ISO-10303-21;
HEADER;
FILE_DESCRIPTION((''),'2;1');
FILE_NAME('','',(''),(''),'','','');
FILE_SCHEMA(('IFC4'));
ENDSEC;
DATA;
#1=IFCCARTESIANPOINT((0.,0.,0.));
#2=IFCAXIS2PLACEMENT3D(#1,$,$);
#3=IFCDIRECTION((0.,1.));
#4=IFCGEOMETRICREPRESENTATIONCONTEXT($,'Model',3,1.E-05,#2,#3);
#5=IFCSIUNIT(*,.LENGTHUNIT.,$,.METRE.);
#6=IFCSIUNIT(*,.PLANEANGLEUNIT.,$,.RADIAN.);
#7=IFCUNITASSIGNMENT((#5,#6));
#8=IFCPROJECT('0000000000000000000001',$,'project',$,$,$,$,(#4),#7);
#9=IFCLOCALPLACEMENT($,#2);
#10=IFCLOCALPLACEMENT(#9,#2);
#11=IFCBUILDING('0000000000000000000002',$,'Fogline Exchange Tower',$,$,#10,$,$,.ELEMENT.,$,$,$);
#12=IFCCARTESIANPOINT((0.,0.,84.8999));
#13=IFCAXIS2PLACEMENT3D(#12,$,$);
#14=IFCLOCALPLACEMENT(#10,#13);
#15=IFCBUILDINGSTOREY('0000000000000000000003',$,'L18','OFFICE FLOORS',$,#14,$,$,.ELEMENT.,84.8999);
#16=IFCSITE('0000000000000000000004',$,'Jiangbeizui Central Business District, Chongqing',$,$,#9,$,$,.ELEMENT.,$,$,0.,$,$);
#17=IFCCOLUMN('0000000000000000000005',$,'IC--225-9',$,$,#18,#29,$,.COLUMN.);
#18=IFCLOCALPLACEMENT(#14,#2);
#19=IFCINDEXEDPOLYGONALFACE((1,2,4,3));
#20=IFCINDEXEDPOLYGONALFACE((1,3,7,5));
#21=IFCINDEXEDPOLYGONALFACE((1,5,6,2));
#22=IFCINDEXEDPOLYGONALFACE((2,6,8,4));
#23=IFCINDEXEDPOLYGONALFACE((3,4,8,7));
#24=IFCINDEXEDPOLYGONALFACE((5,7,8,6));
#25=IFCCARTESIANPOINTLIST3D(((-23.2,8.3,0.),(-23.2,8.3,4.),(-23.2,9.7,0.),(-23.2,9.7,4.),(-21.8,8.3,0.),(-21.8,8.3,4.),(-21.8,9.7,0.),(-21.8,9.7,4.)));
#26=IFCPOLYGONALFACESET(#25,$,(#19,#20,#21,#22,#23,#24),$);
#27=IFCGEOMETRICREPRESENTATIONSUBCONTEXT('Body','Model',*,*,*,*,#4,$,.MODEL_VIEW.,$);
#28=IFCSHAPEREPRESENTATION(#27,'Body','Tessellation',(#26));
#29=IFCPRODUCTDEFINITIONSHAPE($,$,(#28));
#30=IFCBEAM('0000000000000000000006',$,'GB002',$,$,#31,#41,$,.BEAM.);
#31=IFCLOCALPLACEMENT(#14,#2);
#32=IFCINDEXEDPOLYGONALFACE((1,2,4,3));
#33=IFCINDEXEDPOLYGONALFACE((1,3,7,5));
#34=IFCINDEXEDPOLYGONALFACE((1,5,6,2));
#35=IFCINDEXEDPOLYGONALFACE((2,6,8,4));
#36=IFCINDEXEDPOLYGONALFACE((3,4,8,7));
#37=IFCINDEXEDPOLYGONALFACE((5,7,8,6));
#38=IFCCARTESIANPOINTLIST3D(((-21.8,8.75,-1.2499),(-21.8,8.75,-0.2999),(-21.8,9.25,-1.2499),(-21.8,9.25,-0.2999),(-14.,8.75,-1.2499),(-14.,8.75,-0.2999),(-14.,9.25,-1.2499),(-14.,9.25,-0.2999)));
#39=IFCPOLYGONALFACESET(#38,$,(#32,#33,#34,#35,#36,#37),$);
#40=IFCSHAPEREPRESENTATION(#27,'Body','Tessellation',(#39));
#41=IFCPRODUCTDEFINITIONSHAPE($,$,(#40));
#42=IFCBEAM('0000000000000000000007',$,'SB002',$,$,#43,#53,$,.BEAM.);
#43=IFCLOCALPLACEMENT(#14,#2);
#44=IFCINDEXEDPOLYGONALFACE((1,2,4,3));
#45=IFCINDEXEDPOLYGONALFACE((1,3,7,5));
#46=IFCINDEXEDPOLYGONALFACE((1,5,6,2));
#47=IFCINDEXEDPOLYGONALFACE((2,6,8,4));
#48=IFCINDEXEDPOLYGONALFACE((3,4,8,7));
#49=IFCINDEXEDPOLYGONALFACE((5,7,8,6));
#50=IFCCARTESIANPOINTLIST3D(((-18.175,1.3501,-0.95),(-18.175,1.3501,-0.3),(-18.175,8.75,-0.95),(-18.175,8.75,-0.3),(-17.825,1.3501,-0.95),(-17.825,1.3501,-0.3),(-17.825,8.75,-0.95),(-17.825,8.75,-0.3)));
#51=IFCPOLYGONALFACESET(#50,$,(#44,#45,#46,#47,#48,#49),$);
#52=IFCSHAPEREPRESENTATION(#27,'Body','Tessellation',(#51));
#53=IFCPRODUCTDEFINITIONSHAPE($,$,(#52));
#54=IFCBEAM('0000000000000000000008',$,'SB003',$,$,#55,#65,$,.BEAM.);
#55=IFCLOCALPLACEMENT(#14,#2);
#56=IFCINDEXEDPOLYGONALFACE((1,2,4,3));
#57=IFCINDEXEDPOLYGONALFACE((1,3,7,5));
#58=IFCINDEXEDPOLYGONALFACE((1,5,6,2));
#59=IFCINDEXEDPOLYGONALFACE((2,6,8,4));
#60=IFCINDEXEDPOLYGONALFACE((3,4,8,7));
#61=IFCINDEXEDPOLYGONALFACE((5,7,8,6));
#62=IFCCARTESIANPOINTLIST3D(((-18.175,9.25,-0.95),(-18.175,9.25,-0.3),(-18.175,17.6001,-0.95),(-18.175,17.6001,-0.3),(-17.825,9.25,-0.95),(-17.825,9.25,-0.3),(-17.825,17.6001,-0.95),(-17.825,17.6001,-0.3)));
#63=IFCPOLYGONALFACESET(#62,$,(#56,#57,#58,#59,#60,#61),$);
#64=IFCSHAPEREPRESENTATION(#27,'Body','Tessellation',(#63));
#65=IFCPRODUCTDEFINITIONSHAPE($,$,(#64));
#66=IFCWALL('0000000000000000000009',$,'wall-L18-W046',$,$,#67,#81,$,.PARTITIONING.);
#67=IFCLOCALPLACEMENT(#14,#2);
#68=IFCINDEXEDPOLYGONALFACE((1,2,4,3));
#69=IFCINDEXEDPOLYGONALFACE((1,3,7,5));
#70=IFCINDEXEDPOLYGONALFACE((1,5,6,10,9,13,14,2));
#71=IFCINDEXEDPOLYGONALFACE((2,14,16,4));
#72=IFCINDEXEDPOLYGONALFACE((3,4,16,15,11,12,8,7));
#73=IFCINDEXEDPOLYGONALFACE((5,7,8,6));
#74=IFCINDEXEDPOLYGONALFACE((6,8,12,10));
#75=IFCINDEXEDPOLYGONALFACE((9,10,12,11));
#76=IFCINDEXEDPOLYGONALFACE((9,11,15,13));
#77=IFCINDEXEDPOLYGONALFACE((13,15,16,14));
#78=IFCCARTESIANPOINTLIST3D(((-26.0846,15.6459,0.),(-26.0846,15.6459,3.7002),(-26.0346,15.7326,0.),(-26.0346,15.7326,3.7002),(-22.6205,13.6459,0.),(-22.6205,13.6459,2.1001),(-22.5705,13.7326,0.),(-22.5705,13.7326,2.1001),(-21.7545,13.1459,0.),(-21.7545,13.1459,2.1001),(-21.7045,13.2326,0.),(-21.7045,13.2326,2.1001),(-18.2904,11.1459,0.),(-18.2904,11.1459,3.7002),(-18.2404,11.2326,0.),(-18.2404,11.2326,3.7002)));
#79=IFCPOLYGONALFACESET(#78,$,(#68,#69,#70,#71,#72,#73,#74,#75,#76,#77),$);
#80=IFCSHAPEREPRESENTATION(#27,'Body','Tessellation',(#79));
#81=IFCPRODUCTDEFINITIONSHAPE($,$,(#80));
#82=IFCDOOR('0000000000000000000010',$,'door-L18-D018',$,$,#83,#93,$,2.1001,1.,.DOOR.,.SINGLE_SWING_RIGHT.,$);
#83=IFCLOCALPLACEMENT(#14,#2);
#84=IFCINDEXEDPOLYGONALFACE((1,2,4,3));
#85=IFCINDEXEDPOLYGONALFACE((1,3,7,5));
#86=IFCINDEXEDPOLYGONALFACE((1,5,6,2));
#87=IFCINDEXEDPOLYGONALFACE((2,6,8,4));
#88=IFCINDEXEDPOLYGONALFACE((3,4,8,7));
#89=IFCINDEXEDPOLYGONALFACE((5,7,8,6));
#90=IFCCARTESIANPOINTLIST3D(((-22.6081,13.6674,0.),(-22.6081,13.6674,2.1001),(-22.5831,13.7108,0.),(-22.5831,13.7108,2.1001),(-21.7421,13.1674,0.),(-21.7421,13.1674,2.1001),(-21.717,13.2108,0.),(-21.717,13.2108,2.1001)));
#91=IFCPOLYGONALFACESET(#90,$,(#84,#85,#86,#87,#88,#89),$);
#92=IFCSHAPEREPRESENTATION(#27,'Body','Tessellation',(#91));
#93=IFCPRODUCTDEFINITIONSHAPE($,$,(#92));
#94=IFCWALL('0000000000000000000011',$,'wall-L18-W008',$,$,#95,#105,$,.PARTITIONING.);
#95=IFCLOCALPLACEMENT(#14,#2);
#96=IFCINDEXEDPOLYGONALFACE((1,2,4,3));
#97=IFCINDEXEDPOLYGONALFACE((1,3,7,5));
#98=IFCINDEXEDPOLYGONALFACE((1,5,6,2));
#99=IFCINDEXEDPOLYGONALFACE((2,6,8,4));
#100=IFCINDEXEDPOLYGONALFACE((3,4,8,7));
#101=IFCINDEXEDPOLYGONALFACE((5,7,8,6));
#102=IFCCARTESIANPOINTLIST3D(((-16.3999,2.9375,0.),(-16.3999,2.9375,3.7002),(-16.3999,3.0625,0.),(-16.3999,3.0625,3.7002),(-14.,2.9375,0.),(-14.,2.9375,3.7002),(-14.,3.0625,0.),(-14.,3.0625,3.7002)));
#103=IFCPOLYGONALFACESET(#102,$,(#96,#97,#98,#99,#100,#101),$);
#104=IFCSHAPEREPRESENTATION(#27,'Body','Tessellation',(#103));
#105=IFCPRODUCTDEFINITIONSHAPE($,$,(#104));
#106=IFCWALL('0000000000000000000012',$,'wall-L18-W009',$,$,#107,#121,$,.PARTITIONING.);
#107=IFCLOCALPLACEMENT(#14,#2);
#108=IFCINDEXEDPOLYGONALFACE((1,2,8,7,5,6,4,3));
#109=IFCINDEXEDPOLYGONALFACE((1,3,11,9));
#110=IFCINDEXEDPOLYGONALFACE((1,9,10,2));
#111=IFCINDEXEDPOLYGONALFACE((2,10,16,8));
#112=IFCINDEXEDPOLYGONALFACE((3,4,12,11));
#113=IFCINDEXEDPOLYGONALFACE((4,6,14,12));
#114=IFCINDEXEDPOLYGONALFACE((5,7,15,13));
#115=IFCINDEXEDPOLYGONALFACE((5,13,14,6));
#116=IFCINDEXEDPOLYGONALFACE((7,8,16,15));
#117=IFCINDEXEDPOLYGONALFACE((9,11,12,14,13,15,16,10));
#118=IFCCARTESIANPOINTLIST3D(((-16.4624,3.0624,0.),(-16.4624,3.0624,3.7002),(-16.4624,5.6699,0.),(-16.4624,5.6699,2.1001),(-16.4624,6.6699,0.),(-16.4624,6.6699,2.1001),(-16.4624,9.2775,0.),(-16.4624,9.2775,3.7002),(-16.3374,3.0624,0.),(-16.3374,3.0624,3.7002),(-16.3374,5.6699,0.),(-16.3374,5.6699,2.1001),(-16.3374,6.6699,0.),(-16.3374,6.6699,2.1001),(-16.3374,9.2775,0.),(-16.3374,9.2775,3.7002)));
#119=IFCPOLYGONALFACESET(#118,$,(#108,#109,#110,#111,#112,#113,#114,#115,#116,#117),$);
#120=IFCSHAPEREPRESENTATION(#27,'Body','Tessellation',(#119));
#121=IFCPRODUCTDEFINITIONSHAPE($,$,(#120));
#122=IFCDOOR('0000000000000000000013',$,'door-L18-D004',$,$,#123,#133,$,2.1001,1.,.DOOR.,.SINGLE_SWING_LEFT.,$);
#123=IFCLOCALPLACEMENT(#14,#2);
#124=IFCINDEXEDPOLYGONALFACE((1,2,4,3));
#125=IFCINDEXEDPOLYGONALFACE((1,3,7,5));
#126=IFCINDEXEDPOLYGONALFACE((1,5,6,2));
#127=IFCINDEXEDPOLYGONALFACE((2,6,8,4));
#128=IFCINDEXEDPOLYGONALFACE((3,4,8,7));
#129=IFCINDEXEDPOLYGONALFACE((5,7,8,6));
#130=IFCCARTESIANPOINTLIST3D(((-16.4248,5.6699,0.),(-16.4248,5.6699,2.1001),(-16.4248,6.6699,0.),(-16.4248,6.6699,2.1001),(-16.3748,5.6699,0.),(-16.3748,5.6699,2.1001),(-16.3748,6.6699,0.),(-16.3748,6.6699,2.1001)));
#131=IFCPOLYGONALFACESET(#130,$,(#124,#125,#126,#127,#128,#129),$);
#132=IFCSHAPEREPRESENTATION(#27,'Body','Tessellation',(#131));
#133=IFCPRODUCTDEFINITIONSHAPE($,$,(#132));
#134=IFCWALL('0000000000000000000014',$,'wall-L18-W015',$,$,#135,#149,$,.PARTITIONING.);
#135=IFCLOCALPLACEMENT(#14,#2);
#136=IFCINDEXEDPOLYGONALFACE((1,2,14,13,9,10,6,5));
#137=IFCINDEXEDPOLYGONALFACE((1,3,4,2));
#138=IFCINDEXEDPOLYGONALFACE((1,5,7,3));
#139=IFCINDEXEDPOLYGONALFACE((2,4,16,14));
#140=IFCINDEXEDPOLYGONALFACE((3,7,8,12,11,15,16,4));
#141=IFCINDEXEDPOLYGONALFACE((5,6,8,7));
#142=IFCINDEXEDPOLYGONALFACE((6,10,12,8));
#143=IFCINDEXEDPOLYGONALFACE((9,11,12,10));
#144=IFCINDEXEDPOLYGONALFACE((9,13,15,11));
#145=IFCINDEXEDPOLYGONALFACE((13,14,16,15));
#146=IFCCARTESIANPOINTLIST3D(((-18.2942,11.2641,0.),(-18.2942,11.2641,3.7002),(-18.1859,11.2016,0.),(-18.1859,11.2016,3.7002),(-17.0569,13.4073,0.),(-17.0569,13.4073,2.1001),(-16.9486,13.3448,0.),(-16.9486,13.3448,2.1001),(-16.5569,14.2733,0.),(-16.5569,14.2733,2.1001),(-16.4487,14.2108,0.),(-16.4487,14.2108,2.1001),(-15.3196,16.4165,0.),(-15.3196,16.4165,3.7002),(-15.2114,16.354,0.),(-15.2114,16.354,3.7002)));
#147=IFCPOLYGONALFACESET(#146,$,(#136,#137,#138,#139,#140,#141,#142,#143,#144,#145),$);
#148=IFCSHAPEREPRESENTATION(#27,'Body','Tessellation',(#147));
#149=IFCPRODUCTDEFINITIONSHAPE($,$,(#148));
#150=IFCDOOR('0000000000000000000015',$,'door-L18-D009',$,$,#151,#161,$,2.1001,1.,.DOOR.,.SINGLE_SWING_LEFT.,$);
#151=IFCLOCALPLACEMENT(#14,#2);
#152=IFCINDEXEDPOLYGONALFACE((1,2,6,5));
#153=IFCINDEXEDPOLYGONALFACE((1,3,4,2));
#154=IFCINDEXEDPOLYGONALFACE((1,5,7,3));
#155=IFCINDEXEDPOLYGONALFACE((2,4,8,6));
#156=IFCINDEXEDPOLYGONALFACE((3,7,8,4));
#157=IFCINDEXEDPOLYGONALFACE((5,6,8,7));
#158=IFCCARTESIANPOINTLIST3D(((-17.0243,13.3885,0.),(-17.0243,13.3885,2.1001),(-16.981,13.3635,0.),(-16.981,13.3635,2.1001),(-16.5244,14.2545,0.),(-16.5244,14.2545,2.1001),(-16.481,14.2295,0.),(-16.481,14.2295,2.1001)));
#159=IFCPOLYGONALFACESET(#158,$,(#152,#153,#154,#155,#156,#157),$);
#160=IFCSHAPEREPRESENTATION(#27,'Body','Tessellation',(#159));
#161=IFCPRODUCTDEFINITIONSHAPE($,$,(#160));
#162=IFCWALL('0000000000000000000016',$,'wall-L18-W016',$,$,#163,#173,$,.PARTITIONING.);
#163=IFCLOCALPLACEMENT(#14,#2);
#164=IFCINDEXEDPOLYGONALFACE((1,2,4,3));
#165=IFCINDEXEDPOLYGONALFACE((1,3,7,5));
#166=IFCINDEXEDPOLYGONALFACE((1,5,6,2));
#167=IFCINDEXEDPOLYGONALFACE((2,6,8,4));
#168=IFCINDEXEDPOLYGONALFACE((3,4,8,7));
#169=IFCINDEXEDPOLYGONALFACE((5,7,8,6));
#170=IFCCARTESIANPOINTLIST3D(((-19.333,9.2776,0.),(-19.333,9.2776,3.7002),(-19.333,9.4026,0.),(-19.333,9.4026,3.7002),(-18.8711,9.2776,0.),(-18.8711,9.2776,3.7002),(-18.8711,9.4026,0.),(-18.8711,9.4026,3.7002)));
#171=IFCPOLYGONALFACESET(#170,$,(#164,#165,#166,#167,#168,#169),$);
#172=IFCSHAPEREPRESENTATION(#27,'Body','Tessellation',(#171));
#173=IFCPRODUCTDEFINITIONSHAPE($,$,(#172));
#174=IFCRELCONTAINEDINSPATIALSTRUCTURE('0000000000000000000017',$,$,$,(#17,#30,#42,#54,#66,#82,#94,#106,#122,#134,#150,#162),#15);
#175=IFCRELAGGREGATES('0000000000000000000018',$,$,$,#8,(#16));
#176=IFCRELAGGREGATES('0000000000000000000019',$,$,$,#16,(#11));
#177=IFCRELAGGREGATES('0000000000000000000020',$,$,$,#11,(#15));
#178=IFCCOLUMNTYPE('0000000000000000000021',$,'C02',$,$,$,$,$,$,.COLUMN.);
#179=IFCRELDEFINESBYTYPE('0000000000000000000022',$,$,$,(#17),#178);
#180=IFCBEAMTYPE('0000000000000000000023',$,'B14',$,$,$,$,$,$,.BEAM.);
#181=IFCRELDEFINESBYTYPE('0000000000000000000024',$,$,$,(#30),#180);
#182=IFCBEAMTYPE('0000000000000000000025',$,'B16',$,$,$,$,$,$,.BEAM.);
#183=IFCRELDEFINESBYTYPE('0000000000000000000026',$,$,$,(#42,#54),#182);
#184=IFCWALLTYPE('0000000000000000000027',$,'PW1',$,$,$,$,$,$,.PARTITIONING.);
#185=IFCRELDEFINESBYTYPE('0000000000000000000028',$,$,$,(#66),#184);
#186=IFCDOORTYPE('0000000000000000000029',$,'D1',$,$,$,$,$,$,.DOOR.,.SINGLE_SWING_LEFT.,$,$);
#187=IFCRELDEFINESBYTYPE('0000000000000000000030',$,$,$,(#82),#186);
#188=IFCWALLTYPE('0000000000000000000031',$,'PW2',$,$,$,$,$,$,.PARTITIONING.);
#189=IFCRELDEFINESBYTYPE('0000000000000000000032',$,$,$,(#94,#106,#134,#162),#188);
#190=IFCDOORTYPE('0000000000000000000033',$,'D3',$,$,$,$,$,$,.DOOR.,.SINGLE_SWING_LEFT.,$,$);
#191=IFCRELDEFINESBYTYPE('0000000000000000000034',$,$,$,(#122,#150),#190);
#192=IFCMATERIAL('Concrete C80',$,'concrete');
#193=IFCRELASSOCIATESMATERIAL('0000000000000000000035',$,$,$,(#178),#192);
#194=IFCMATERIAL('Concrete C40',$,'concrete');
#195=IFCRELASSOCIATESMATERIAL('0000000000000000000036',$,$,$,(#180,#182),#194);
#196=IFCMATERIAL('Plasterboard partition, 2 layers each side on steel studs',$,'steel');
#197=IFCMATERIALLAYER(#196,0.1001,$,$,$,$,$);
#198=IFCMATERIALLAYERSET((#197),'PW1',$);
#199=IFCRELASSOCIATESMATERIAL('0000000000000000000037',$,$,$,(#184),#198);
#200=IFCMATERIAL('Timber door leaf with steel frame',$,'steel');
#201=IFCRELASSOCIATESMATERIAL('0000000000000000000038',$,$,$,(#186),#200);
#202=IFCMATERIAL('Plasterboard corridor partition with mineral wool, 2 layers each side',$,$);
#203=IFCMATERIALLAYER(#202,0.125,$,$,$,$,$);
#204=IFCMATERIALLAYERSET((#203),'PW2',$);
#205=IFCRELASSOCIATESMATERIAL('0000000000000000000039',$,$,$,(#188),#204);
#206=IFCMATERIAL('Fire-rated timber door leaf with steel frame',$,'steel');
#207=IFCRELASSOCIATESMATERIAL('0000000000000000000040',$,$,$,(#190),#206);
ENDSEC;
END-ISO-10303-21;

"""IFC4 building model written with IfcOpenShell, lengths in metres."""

from ifc_helpers import new_model, si_unit, direction, frame, frame_2d, origin, origin_2d, place, context, subcontext, project, spatial, rectangle, extrude, material, layer, layer_set, material_profile, profile_set, type_object, element, fill, save


model = new_model("IFC4")

# Units and contexts
model_context = context("Model", 3, precision=1e-05, world=origin(), true_north=direction((0.0, 1.0)))
body_context = subcontext(model_context, "Body", "Model", "MODEL_VIEW")
ifc_project = project(units=[si_unit("LENGTHUNIT", "METRE"), si_unit("PLANEANGLEUNIT", "RADIAN")], contexts=[model_context])

# Site, building, storey
site_placement = place(None, origin())
site = spatial("IfcSite", under=ifc_project, at=site_placement, Name="Jiangbeizui Central Business District, Chongqing", CompositionType="ELEMENT", RefElevation=0.0)
building_placement = place(site_placement, origin())
building = spatial("IfcBuilding", under=site, at=building_placement, Name="Fogline Exchange Tower", CompositionType="ELEMENT")
storey_placement = place(building_placement, frame((0.0, 0.0, 84.8999)))
storey = spatial("IfcBuildingStorey", under=building, at=storey_placement, Name="L18", Description="OFFICE FLOORS", CompositionType="ELEMENT", Elevation=84.8999)

# Column
ifc_material_1 = material(Name="Concrete C80", Category="concrete")
ifc_material_profile_1 = material_profile(ifc_material_1, rectangle(XDim=1.3999, YDim=1.3999, at=origin_2d()), Name="RC 1400x1400")
ifc_profile_set_1 = profile_set([ifc_material_profile_1], Name="Concrete C80")
column_type = type_object("IfcColumnType", Name="C02", PredefinedType="COLUMN", material=ifc_profile_set_1)
column_placement = place(storey_placement, frame((-22.5, 9.0, 0.0), z_axis=(0.0, 0.0, 1.0), x_axis=(1.0, 0.0, 0.0)))
element("IfcColumn", 1, at=column_placement, inside=storey, type_object=column_type, Name="IC--225-9", PredefinedType="COLUMN", context=body_context, shape_type="SweptSolid", body=[
    extrude(rectangle(XDim=1.3999, YDim=1.3999, at=origin_2d()), origin(), (0.0, 0.0, 1.0), 4.0),
])

# Beams
ifc_material_2 = material(Name="Concrete C40", Category="concrete")
ifc_material_profile_2 = material_profile(ifc_material_2, rectangle(XDim=0.5, YDim=0.95, at=origin_2d()), Name="RC 500x950")
ifc_profile_set_2 = profile_set([ifc_material_profile_2], Name="Concrete C40")
beam_type_1 = type_object("IfcBeamType", Name="B14", PredefinedType="BEAM", material=ifc_profile_set_2)
beam_1_placement = place(storey_placement, frame((-21.8, 9.0, -0.7749), z_axis=(1.0, 0.0, 0.0), x_axis=(0.0, 1.0, 0.0)))
element("IfcBeam", 2, at=beam_1_placement, inside=storey, type_object=beam_type_1, Name="GB002", PredefinedType="BEAM", context=body_context, shape_type="SweptSolid", body=[
    extrude(rectangle(XDim=0.5, YDim=0.95, at=origin_2d()), origin(), (0.0, 0.0, 1.0), 7.8),
])
ifc_material_profile_3 = material_profile(ifc_material_2, rectangle(XDim=0.3501, YDim=0.6499, at=origin_2d()), Name="RC 350x650")
ifc_profile_set_3 = profile_set([ifc_material_profile_3], Name="Concrete C40")
beam_type_2 = type_object("IfcBeamType", Name="B16", PredefinedType="BEAM", material=ifc_profile_set_3)
beam_2_placement = place(storey_placement, frame((-18.0, 1.3501, -0.625), z_axis=(0.0, 1.0, 0.0), x_axis=(-1.0, 0.0, 0.0)))
element("IfcBeam", 3, at=beam_2_placement, inside=storey, type_object=beam_type_2, Name="SB002", PredefinedType="BEAM", context=body_context, shape_type="SweptSolid", body=[
    extrude(rectangle(XDim=0.3501, YDim=0.6499, at=origin_2d()), origin(), (0.0, 0.0, 1.0), 7.3999),
])
beam_3_placement = place(storey_placement, frame((-18.0, 9.25, -0.625), z_axis=(0.0, 1.0, 0.0), x_axis=(-1.0, 0.0, 0.0)))
element("IfcBeam", 4, at=beam_3_placement, inside=storey, type_object=beam_type_2, Name="SB003", PredefinedType="BEAM", context=body_context, shape_type="SweptSolid", body=[
    extrude(rectangle(XDim=0.3501, YDim=0.6499, at=origin_2d()), origin(), (0.0, 0.0, 1.0), 8.3501),
])

# Wall, opening, door
ifc_material_3 = material(Name="Plasterboard partition, 2 layers each side on steel studs", Category="steel")
ifc_layer_1 = layer(ifc_material_3, 0.1001)
ifc_layer_set_1 = layer_set([ifc_layer_1], Name="PW1")
wall_type_1 = type_object("IfcWallType", Name="PW1", PredefinedType="PARTITIONING", material=ifc_layer_set_1)
wall_1_placement = place(storey_placement, frame((-18.2654, 11.1892, 0.0), z_axis=(0.0, 0.0, 1.0), x_axis=(-0.866024, 0.500002, 0.0)))
wall_1 = element("IfcWall", 5, at=wall_1_placement, inside=storey, type_object=wall_type_1, Name="wall-L18-W046", PredefinedType="PARTITIONING", context=body_context, shape_type="SweptSolid", body=[
    extrude(rectangle(XDim=9.0, YDim=0.1001, at=frame_2d((4.5, 0.0))), origin(), (0.0, 0.0, 1.0), 3.7002),
])
opening_1_placement = place(wall_1_placement, frame((4.0, 0.0, 0.0)))
opening_1 = element("IfcOpeningElement", 6, at=opening_1_placement, cuts=wall_1, PredefinedType="OPENING", context=body_context, shape_type="SweptSolid", body=[
    extrude(rectangle(XDim=1.0, YDim=2.1001, at=frame_2d((0.5, 1.05))), frame((0.0, 0.0601, 0.0), z_axis=(0.0, -1.0, 0.0), x_axis=(1.0, 0.0, 0.0)), (0.0, 0.0, 1.0), 0.1201),
])
ifc_material_4 = material(Name="Timber door leaf with steel frame", Category="steel")
door_type_1 = type_object("IfcDoorType", Name="D1", OperationType="SINGLE_SWING_LEFT", PredefinedType="DOOR", material=ifc_material_4)
door_1_placement = place(opening_1_placement, frame((1.0, 0.0, 0.0), z_axis=(0.0, 0.0, 1.0), x_axis=(-1.0, 0.0, 0.0)))
door_1 = element("IfcDoor", 7, at=door_1_placement, inside=storey, type_object=door_type_1, Name="door-L18-D018", OperationType="SINGLE_SWING_RIGHT", OverallHeight=2.1001, OverallWidth=1.0, PredefinedType="DOOR", context=body_context, shape_type="SweptSolid", body=[
    extrude(rectangle(XDim=1.0, YDim=2.1001, at=frame_2d((0.5, 1.05))), frame((0.0, 0.0249, 0.0), z_axis=(0.0, -1.0, 0.0), x_axis=(1.0, 0.0, 0.0)), (0.0, 0.0, 1.0), 0.05),
])
fill(opening_1, door_1)

# Wall
ifc_material_5 = material(Name="Plasterboard corridor partition with mineral wool, 2 layers each side")
ifc_layer_2 = layer(ifc_material_5, 0.125)
ifc_layer_set_2 = layer_set([ifc_layer_2], Name="PW2")
wall_type_2 = type_object("IfcWallType", Name="PW2", PredefinedType="PARTITIONING", material=ifc_layer_set_2)
wall_2_placement = place(storey_placement, frame((-14.0, 3.0, 0.0), z_axis=(0.0, 0.0, 1.0), x_axis=(-1.0, 0.0, 0.0)))
element("IfcWall", 8, at=wall_2_placement, inside=storey, type_object=wall_type_2, Name="wall-L18-W008", PredefinedType="PARTITIONING", context=body_context, shape_type="SweptSolid", body=[
    extrude(rectangle(XDim=2.3999, YDim=0.125, at=frame_2d((1.2, 0.0))), origin(), (0.0, 0.0, 1.0), 3.7002),
])

# Walls, openings, doors
wall_3_placement = place(storey_placement, frame((-16.3999, 3.0625, 0.0), z_axis=(0.0, 0.0, 1.0), x_axis=(0.0, 1.0, 0.0)))
wall_3 = element("IfcWall", 9, at=wall_3_placement, inside=storey, type_object=wall_type_2, Name="wall-L18-W009", PredefinedType="PARTITIONING", context=body_context, shape_type="SweptSolid", body=[
    extrude(rectangle(XDim=6.2151, YDim=0.125, at=frame_2d((3.1074, 0.0))), origin(), (0.0, 0.0, 1.0), 3.7002),
])
opening_2_placement = place(wall_3_placement, frame((2.6074, 0.0, 0.0)))
opening_2 = element("IfcOpeningElement", 10, at=opening_2_placement, cuts=wall_3, PredefinedType="OPENING", context=body_context, shape_type="SweptSolid", body=[
    extrude(rectangle(XDim=1.0, YDim=2.1001, at=frame_2d((0.5, 1.05))), frame((0.0, 0.0725, 0.0), z_axis=(0.0, -1.0, 0.0), x_axis=(1.0, 0.0, 0.0)), (0.0, 0.0, 1.0), 0.145),
])
ifc_material_6 = material(Name="Fire-rated timber door leaf with steel frame", Category="steel")
door_type_2 = type_object("IfcDoorType", Name="D3", OperationType="SINGLE_SWING_LEFT", PredefinedType="DOOR", material=ifc_material_6)
door_2_placement = place(opening_2_placement, origin())
door_2 = element("IfcDoor", 11, at=door_2_placement, inside=storey, type_object=door_type_2, Name="door-L18-D004", OperationType="SINGLE_SWING_LEFT", OverallHeight=2.1001, OverallWidth=1.0, PredefinedType="DOOR", context=body_context, shape_type="SweptSolid", body=[
    extrude(rectangle(XDim=1.0, YDim=2.1001, at=frame_2d((0.5, 1.05))), frame((0.0, 0.0249, 0.0), z_axis=(0.0, -1.0, 0.0), x_axis=(1.0, 0.0, 0.0)), (0.0, 0.0, 1.0), 0.05),
])
fill(opening_2, door_2)
wall_4_placement = place(storey_placement, frame((-18.24, 11.2329, 0.0), z_axis=(0.0, 0.0, 1.0), x_axis=(0.49997, 0.866043, 0.0)))
wall_4 = element("IfcWall", 12, at=wall_4_placement, inside=storey, type_object=wall_type_2, Name="wall-L18-W015", PredefinedType="PARTITIONING", context=body_context, shape_type="SweptSolid", body=[
    extrude(rectangle(XDim=5.9495, YDim=0.125, at=frame_2d((2.9746, 0.0))), origin(), (0.0, 0.0, 1.0), 3.7002),
])
opening_3_placement = place(wall_4_placement, frame((2.4746, 0.0, 0.0)))
opening_3 = element("IfcOpeningElement", 13, at=opening_3_placement, cuts=wall_4, PredefinedType="OPENING", context=body_context, shape_type="SweptSolid", body=[
    extrude(rectangle(XDim=1.0, YDim=2.1001, at=frame_2d((0.5, 1.05))), frame((0.0, 0.0725, 0.0), z_axis=(0.0, -1.0, 0.0), x_axis=(1.0, 0.0, 0.0)), (0.0, 0.0, 1.0), 0.145),
])
door_3_placement = place(opening_3_placement, origin())
door_3 = element("IfcDoor", 14, at=door_3_placement, inside=storey, type_object=door_type_2, Name="door-L18-D009", OperationType="SINGLE_SWING_LEFT", OverallHeight=2.1001, OverallWidth=1.0, PredefinedType="DOOR", context=body_context, shape_type="SweptSolid", body=[
    extrude(rectangle(XDim=1.0, YDim=2.1001, at=frame_2d((0.5, 1.05))), frame((0.0, 0.0249, 0.0), z_axis=(0.0, -1.0, 0.0), x_axis=(1.0, 0.0, 0.0)), (0.0, 0.0, 1.0), 0.05),
])
fill(opening_3, door_3)

# Wall
wall_5_placement = place(storey_placement, frame((-18.8711, 9.3401, 0.0), z_axis=(0.0, 0.0, 1.0), x_axis=(-1.0, 0.0, 0.0)))
element("IfcWall", 15, at=wall_5_placement, inside=storey, type_object=wall_type_2, Name="wall-L18-W016", PredefinedType="PARTITIONING", context=body_context, shape_type="SweptSolid", body=[
    extrude(rectangle(XDim=0.4619, YDim=0.125, at=frame_2d((0.231, 0.0))), origin(), (0.0, 0.0, 1.0), 3.7002),
])

save(model, "model.ifc")
